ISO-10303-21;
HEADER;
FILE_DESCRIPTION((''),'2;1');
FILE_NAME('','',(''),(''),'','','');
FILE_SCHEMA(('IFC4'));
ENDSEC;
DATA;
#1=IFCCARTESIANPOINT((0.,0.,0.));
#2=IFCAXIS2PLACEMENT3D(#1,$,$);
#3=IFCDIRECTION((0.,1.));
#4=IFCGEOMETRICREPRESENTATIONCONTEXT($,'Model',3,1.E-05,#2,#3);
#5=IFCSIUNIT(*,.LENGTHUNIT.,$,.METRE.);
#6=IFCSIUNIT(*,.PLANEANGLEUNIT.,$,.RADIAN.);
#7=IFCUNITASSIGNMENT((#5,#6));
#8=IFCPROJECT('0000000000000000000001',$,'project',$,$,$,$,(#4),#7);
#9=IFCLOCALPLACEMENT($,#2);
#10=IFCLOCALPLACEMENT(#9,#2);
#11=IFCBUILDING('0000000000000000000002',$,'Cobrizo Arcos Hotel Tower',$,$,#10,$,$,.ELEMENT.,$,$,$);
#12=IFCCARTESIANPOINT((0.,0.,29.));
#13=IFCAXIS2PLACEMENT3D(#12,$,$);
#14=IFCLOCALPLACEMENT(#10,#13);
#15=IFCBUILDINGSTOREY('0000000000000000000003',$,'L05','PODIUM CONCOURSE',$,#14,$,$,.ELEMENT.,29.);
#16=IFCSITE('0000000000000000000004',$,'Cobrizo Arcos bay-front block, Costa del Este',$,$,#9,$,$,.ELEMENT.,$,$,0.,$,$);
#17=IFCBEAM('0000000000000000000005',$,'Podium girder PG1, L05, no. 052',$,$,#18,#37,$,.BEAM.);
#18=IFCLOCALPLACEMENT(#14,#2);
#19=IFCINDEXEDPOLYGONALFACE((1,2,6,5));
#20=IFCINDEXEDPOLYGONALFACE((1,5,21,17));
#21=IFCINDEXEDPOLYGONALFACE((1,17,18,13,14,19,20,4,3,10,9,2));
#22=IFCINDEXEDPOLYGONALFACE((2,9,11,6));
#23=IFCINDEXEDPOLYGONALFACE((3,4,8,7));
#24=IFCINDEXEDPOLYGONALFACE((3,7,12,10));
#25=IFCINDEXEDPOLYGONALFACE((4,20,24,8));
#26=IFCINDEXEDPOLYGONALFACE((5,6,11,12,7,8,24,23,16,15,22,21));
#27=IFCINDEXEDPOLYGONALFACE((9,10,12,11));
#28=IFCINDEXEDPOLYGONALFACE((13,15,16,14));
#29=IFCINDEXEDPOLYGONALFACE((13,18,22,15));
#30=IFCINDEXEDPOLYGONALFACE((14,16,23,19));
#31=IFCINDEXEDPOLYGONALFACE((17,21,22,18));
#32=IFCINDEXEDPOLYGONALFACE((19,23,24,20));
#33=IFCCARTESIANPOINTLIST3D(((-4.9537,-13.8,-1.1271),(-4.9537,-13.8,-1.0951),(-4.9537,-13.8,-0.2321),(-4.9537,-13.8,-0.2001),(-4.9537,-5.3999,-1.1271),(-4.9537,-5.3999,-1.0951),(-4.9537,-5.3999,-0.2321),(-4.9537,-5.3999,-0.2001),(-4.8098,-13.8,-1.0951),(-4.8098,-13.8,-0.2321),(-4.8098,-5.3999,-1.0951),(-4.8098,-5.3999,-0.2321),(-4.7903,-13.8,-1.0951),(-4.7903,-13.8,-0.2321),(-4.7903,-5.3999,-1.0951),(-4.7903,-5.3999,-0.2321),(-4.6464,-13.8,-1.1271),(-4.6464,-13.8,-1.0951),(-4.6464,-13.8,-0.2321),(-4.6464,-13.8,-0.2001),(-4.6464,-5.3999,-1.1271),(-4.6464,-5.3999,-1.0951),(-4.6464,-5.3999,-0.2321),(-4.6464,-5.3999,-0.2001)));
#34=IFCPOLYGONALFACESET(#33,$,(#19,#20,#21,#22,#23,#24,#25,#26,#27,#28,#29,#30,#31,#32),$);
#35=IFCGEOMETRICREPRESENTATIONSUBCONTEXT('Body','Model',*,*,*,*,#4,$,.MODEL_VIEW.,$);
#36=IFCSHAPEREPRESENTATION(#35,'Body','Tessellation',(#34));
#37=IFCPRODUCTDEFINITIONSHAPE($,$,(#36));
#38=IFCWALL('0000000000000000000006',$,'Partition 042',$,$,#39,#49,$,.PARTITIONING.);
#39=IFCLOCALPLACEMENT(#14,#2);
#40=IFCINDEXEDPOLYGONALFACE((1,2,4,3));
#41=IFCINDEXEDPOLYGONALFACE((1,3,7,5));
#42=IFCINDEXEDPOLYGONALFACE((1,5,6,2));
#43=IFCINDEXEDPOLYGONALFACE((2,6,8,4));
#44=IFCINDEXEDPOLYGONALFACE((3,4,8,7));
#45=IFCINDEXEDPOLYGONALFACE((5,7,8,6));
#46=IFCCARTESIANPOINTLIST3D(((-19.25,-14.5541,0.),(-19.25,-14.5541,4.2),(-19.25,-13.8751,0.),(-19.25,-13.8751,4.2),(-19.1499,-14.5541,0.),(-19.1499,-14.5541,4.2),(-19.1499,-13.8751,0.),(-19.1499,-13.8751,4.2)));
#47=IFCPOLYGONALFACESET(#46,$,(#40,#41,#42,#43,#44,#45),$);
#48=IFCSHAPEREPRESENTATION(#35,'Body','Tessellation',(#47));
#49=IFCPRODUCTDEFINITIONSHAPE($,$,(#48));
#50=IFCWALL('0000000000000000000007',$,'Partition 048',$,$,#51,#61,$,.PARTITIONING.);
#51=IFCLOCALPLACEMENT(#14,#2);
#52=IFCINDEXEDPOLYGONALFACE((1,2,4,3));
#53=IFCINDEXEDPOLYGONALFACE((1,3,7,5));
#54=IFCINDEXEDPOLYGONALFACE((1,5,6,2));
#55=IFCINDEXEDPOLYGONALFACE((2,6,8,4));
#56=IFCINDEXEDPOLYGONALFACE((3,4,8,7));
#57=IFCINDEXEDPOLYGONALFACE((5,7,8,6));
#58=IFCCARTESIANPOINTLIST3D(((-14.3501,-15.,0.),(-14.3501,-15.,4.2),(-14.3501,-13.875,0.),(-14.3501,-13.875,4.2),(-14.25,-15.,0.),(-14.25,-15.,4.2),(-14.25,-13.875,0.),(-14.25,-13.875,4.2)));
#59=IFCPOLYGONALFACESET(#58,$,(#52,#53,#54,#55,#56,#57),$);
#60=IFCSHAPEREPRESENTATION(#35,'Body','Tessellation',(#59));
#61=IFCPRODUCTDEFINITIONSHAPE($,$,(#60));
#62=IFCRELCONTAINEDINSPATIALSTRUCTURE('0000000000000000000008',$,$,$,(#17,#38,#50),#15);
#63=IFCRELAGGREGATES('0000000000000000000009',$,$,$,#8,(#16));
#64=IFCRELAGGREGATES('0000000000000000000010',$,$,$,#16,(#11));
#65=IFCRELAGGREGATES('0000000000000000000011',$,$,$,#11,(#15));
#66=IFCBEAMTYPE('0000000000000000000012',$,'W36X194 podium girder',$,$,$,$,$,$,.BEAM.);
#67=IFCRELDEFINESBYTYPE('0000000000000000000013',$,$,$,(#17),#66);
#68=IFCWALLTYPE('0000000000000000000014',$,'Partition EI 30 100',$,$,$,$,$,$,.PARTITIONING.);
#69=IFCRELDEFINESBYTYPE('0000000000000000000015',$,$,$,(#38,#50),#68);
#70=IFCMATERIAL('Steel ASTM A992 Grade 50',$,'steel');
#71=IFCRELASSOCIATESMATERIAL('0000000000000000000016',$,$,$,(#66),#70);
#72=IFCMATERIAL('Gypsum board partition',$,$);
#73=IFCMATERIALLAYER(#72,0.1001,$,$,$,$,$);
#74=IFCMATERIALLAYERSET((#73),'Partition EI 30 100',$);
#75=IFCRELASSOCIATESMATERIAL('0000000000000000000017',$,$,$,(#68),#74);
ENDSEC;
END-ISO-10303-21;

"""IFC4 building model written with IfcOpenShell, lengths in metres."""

from ifc_helpers import new_model, si_unit, direction, frame, frame_2d, origin, origin_2d, place, context, subcontext, project, spatial, rectangle, i_section, extrude, material, layer, layer_set, material_profile, profile_set, type_object, element, save


model = new_model("IFC4")

# Units and contexts
model_context = context("Model", 3, precision=1e-05, world=origin(), true_north=direction((0.0, 1.0)))
body_context = subcontext(model_context, "Body", "Model", "MODEL_VIEW")
ifc_project = project(units=[si_unit("LENGTHUNIT", "METRE"), si_unit("PLANEANGLEUNIT", "RADIAN")], contexts=[model_context])

# Site, building, storey
site_placement = place(None, origin())
site = spatial("IfcSite", under=ifc_project, at=site_placement, Name="Cobrizo Arcos bay-front block, Costa del Este", CompositionType="ELEMENT", RefElevation=0.0)
building_placement = place(site_placement, origin())
building = spatial("IfcBuilding", under=site, at=building_placement, Name="Cobrizo Arcos Hotel Tower", CompositionType="ELEMENT")
storey_placement = place(building_placement, frame((0.0, 0.0, 29.0)))
storey = spatial("IfcBuildingStorey", under=building, at=storey_placement, Name="L05", Description="PODIUM CONCOURSE", CompositionType="ELEMENT", Elevation=29.0)

# Beam
ifc_material_1 = material(Name="Steel ASTM A992 Grade 50", Category="steel")
ifc_material_profile_1 = material_profile(ifc_material_1, i_section(OverallWidth=0.3074, OverallDepth=0.927, WebThickness=0.0195, FlangeThickness=0.032, at=origin_2d()), Name="W36X194")
ifc_profile_set_1 = profile_set([ifc_material_profile_1], Name="Steel ASTM A992 Grade 50")
beam_type_1 = type_object("IfcBeamType", Name="W36X194 podium girder", PredefinedType="BEAM", material=ifc_profile_set_1)
beam_1_placement = place(storey_placement, frame((-4.8, -13.8, -0.6636), z_axis=(0.0, 1.0, 0.0), x_axis=(-1.0, 0.0, 0.0)))
element("IfcBeam", 1, at=beam_1_placement, inside=storey, type_object=beam_type_1, Name="Podium girder PG1, L05, no. 052", PredefinedType="BEAM", context=body_context, shape_type="SweptSolid", body=[
    extrude(i_section(OverallWidth=0.3074, OverallDepth=0.927, WebThickness=0.0195, FlangeThickness=0.032, at=origin_2d()), origin(), (0.0, 0.0, 1.0), 8.4001),
])

# Walls
ifc_material_2 = material(Name="Gypsum board partition")
ifc_layer_1 = layer(ifc_material_2, 0.1001)
ifc_layer_set_1 = layer_set([ifc_layer_1], Name="Partition EI 30 100")
wall_type_1 = type_object("IfcWallType", Name="Partition EI 30 100", PredefinedType="PARTITIONING", material=ifc_layer_set_1)
wall_1_placement = place(storey_placement, frame((-19.2, -14.554, 0.0), z_axis=(0.0, 0.0, 1.0), x_axis=(0.0, 1.0, 0.0)))
element("IfcWall", 2, at=wall_1_placement, inside=storey, type_object=wall_type_1, Name="Partition 042", PredefinedType="PARTITIONING", context=body_context, shape_type="SweptSolid", body=[
    extrude(rectangle(XDim=0.679, YDim=0.1001, at=frame_2d((0.3394, 0.0))), origin(), (0.0, 0.0, 1.0), 4.2),
])
wall_2_placement = place(storey_placement, frame((-14.3, -15.0, 0.0), z_axis=(0.0, 0.0, 1.0), x_axis=(0.0, 1.0, 0.0)))
element("IfcWall", 3, at=wall_2_placement, inside=storey, type_object=wall_type_1, Name="Partition 048", PredefinedType="PARTITIONING", context=body_context, shape_type="SweptSolid", body=[
    extrude(rectangle(XDim=1.125, YDim=0.1001, at=frame_2d((0.5625, 0.0))), origin(), (0.0, 0.0, 1.0), 4.2),
])

save(model, "model.ifc")
